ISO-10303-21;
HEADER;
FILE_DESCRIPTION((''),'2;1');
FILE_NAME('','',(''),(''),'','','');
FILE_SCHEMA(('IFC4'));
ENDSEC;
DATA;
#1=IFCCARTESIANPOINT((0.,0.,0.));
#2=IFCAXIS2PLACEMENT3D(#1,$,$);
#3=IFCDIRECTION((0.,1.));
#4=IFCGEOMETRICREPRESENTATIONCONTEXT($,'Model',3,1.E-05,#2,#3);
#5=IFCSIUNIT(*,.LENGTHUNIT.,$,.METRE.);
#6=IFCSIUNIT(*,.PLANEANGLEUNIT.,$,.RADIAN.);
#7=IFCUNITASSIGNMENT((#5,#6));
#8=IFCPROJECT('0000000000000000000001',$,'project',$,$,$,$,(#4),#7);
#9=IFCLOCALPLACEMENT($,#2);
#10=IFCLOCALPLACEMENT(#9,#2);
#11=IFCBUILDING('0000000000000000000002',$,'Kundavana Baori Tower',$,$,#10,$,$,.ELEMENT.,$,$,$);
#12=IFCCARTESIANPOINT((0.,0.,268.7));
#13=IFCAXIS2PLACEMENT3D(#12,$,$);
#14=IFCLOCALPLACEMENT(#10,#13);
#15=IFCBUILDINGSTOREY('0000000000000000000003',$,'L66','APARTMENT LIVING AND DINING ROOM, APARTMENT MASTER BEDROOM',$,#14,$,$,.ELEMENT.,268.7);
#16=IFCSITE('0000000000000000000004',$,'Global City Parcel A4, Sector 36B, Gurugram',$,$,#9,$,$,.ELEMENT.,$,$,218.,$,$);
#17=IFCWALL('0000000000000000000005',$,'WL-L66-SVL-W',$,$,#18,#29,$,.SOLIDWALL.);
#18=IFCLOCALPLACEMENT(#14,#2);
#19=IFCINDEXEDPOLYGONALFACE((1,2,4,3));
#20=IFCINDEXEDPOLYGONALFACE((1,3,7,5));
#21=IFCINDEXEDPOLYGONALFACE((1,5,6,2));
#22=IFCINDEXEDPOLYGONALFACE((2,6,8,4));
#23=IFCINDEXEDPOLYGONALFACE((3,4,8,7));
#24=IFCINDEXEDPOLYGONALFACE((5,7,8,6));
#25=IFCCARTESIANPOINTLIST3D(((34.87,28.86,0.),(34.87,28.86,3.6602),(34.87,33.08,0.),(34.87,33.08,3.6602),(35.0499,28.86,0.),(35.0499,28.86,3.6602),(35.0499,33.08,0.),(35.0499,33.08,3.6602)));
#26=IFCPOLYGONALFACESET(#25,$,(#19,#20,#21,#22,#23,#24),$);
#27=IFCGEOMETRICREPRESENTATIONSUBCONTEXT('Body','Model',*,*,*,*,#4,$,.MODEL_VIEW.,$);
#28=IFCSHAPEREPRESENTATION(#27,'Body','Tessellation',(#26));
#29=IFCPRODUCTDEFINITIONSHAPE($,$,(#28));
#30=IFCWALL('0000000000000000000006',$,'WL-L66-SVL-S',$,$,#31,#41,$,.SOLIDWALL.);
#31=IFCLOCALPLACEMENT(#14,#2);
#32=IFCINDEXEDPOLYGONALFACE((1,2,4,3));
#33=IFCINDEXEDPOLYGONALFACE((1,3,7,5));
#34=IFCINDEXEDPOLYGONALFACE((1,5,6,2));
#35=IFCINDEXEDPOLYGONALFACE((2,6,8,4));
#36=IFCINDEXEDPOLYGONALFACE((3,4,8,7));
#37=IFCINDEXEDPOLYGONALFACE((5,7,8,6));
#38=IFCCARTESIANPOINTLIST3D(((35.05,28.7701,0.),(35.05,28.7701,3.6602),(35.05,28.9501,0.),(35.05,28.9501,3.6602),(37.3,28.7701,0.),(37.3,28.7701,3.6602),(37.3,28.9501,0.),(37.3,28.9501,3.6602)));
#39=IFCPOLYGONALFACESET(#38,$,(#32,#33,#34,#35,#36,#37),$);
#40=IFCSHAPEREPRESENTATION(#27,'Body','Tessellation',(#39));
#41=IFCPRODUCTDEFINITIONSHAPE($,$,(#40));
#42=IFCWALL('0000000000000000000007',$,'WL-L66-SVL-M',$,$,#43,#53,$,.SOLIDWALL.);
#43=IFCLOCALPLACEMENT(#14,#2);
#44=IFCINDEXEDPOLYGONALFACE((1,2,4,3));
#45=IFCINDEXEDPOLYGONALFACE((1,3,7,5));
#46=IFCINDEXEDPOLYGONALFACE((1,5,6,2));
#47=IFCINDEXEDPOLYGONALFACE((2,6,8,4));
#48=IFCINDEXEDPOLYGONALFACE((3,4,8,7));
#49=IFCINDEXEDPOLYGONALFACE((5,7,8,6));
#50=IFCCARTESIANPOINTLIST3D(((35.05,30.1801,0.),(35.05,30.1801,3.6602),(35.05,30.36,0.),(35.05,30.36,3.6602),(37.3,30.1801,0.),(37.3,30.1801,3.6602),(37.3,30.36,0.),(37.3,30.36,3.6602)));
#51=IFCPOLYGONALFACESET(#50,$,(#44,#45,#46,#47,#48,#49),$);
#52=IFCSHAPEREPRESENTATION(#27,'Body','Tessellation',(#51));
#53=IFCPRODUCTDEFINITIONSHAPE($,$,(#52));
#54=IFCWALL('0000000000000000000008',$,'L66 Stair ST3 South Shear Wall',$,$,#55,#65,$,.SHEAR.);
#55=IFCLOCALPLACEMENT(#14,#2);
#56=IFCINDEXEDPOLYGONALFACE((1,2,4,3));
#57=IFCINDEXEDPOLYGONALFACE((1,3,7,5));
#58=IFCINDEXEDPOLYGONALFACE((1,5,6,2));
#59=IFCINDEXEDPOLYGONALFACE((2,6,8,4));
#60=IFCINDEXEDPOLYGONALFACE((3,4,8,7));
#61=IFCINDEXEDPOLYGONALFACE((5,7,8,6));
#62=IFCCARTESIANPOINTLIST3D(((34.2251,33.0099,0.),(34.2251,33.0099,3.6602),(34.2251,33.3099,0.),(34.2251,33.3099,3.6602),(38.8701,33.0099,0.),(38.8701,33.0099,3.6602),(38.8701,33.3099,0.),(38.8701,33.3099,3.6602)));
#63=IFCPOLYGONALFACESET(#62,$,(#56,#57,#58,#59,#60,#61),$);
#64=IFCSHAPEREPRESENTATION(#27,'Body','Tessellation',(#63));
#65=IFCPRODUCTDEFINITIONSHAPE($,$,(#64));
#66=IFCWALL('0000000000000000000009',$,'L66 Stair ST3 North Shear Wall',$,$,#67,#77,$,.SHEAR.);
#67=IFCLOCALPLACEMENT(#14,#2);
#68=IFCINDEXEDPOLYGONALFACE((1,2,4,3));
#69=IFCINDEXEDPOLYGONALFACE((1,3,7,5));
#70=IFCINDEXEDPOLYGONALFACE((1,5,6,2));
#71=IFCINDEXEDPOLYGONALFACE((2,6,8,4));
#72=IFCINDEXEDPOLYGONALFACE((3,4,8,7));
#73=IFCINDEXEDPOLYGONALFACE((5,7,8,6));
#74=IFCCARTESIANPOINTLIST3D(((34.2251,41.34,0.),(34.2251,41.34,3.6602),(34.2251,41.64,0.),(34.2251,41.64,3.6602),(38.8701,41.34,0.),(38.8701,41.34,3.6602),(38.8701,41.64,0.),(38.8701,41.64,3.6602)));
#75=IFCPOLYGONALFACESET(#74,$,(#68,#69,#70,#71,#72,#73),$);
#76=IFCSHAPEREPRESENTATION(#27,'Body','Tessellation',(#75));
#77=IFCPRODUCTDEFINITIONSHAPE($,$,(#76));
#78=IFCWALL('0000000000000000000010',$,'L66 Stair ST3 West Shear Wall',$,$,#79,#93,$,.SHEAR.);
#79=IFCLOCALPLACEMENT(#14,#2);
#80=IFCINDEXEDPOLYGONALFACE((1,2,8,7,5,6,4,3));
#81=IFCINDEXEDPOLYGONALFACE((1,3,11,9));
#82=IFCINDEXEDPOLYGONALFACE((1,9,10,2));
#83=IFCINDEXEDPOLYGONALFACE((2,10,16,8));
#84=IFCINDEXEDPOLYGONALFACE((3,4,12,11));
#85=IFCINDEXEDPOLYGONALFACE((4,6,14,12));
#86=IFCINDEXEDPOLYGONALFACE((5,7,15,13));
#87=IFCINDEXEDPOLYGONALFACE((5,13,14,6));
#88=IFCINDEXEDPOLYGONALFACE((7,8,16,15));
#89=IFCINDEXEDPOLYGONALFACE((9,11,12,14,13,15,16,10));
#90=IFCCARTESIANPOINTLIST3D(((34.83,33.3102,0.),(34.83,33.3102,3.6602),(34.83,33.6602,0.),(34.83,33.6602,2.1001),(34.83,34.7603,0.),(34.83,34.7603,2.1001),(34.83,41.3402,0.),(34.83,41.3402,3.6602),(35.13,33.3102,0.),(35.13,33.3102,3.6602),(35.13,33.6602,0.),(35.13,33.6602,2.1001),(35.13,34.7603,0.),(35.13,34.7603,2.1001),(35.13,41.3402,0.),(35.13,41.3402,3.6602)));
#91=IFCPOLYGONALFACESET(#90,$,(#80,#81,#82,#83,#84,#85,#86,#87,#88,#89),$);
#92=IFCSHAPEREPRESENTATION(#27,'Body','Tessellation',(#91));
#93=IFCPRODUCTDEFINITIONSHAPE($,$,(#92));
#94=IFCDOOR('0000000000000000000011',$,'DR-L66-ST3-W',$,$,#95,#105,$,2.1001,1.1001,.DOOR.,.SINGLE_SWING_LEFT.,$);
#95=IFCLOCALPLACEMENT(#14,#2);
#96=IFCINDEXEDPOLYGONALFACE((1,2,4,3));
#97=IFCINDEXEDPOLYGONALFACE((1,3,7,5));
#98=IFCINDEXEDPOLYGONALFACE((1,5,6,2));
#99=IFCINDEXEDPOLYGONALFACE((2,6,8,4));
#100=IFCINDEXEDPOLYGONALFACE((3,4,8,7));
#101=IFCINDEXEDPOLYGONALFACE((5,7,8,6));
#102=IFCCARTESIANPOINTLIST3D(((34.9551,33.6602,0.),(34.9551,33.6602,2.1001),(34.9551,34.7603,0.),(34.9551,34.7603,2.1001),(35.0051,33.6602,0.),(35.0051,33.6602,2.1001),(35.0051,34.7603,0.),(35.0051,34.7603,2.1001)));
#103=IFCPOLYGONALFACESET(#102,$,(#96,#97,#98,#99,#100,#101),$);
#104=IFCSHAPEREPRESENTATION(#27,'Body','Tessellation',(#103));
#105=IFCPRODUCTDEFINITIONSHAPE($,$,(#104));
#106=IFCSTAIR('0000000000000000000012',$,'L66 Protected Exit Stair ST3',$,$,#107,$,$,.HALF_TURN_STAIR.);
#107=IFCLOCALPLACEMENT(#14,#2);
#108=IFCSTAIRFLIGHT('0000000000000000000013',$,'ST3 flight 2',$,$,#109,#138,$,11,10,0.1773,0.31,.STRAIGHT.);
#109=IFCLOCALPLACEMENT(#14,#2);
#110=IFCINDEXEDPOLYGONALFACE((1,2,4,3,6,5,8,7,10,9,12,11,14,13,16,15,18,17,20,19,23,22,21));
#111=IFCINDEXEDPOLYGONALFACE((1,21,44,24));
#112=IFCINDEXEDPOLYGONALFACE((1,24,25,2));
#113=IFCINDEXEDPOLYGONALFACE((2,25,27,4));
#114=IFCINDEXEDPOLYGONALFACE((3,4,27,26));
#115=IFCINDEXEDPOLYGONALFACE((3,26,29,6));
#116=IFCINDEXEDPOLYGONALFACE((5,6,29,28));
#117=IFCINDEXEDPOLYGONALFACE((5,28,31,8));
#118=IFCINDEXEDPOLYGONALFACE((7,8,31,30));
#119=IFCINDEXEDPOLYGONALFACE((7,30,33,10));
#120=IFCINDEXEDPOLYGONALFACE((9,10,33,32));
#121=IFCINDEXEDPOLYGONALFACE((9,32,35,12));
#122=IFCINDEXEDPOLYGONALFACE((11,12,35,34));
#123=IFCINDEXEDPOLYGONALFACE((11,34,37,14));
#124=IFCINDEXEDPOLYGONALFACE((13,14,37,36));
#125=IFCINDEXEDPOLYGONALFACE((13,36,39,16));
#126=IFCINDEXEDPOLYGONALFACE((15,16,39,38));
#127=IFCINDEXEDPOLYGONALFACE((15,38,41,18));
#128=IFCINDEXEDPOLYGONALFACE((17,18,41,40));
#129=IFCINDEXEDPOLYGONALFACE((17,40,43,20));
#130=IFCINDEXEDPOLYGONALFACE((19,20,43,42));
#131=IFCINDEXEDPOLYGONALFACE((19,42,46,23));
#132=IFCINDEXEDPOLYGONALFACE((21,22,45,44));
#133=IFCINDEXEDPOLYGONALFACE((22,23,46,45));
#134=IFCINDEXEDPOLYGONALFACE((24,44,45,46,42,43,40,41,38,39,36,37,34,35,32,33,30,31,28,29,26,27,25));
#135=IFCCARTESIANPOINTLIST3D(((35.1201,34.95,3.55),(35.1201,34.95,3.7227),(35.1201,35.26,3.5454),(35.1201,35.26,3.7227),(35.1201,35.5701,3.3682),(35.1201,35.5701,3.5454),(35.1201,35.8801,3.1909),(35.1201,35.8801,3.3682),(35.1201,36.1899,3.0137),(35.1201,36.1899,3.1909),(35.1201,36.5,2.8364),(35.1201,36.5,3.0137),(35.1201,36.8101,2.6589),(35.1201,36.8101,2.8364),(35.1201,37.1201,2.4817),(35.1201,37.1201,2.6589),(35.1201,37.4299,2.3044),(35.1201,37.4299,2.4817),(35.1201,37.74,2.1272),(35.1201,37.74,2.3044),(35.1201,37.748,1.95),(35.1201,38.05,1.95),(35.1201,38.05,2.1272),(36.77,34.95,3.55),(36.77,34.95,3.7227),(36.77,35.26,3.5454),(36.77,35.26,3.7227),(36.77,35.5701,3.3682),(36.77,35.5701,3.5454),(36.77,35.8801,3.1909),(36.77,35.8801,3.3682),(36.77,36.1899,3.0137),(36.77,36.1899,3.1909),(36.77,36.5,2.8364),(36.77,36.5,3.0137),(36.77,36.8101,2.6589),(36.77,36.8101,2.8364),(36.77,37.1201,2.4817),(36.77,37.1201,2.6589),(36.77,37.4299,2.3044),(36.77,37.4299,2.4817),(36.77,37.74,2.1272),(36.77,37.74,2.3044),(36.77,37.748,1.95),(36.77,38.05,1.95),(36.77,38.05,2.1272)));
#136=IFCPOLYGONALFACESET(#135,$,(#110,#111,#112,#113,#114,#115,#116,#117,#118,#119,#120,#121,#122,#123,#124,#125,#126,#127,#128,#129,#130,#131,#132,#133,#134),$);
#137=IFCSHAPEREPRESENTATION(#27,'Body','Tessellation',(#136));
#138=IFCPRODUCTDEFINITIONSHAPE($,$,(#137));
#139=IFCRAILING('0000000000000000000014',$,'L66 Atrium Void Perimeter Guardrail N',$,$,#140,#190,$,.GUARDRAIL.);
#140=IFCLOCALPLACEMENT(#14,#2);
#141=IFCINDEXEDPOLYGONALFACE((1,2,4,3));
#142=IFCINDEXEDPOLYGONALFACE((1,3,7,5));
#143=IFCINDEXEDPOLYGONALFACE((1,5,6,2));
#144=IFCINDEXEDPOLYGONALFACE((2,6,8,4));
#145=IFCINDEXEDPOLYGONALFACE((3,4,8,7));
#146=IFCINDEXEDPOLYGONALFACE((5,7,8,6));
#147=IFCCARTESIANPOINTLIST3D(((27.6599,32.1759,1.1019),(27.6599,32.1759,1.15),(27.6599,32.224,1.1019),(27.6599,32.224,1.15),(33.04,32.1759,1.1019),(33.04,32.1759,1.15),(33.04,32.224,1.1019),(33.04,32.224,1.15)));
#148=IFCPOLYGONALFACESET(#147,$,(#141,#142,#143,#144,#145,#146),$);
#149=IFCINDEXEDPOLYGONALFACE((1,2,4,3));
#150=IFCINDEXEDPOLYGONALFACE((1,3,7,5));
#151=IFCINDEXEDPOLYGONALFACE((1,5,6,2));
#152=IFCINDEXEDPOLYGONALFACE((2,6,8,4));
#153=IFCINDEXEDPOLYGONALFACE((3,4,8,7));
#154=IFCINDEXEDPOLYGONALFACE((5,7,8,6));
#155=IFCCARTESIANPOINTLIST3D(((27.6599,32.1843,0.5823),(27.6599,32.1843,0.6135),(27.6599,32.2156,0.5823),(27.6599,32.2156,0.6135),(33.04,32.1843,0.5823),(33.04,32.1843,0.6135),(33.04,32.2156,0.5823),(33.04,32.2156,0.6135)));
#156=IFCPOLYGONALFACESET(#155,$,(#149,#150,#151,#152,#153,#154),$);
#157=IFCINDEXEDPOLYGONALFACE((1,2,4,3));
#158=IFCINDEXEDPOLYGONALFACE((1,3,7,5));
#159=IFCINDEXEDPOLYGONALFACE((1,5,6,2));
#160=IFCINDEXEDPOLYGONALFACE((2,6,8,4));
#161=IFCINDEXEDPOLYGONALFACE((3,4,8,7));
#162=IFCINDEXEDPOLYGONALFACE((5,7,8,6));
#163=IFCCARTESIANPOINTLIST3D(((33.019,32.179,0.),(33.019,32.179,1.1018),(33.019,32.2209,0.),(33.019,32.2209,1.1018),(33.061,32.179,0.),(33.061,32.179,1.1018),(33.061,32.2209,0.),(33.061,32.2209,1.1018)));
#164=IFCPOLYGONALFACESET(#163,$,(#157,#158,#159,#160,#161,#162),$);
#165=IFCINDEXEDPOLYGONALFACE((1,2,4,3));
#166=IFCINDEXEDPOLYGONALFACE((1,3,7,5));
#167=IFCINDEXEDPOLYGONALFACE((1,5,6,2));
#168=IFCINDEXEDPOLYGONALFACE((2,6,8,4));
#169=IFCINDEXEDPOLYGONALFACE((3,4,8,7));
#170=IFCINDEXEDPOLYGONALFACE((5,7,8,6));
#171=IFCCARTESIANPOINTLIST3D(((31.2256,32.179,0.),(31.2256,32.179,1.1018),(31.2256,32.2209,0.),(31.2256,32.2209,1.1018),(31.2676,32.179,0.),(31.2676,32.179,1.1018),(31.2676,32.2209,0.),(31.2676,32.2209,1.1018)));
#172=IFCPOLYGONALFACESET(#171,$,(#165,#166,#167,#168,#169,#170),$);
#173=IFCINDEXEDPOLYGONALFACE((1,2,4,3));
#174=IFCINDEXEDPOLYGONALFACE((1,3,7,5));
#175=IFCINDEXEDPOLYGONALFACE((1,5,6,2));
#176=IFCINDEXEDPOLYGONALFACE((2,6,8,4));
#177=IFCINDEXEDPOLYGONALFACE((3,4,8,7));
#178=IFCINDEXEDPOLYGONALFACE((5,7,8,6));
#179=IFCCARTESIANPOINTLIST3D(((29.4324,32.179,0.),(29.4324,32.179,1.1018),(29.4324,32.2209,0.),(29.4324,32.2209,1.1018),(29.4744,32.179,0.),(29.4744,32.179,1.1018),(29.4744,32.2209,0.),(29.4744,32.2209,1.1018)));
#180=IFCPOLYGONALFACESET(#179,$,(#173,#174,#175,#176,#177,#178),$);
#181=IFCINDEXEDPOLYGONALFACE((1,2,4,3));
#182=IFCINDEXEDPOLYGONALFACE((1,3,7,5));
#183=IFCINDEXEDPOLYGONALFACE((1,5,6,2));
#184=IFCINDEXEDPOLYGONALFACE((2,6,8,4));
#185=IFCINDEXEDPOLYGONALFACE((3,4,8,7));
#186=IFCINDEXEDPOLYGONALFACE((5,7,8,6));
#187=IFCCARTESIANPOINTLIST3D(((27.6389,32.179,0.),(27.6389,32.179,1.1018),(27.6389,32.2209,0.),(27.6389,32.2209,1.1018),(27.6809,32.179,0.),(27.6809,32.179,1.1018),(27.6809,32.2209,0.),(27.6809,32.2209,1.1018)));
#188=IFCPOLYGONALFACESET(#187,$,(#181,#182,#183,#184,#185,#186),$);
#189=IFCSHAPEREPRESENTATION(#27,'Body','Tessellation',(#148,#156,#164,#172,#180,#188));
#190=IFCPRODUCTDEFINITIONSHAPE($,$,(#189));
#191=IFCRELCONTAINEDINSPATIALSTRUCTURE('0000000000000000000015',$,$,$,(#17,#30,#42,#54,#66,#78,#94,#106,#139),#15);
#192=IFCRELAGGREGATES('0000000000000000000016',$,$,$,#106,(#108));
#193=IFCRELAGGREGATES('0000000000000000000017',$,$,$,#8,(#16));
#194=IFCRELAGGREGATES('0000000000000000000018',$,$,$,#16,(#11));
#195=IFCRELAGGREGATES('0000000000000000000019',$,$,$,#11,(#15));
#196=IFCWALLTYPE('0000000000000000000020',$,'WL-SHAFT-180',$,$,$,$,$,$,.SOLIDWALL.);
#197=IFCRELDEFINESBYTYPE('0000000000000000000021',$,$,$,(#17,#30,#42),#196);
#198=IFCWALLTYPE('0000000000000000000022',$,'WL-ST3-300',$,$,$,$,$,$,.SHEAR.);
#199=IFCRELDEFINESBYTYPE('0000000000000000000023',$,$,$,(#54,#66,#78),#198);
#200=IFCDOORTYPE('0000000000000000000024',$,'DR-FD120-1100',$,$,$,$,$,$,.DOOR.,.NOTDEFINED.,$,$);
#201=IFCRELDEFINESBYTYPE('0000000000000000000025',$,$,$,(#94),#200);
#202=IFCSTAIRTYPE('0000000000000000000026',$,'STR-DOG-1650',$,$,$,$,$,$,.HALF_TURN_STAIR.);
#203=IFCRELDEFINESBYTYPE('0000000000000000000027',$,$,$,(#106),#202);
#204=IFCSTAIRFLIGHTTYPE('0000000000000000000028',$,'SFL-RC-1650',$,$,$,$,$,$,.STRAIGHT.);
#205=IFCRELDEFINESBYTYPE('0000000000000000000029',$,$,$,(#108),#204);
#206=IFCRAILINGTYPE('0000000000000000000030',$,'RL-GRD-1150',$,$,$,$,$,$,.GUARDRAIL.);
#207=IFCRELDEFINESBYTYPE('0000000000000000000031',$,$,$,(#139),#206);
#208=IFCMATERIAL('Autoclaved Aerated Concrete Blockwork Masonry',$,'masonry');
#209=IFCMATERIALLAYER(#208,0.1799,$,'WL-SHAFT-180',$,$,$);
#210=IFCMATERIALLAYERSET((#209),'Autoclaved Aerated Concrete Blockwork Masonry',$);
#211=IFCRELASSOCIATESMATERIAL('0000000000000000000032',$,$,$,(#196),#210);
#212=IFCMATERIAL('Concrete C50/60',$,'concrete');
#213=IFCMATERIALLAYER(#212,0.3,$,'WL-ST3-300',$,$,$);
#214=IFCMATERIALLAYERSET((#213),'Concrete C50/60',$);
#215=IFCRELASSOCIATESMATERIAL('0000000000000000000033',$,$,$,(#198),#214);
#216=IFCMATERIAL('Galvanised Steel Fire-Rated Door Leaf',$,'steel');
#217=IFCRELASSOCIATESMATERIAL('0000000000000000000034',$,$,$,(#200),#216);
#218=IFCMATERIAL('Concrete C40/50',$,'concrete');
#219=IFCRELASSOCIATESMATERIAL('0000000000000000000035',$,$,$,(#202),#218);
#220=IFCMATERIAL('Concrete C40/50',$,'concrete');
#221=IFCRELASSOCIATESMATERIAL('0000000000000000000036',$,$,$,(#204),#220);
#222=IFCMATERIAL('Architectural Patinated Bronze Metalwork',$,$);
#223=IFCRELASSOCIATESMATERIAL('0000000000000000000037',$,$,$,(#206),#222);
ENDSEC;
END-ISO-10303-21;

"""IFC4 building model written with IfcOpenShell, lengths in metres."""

from ifc_helpers import new_model, si_unit, direction, frame, frame_2d, origin, origin_2d, place, context, subcontext, project, spatial, polyline, rectangle, outline, extrude, material, layer, layer_set, type_object, element, fill, aggregate, save


model = new_model("IFC4")

# Units and contexts
model_context = context("Model", 3, precision=1e-05, world=origin(), true_north=direction((0.0, 1.0)))
body_context = subcontext(model_context, "Body", "Model", "MODEL_VIEW")
ifc_project = project(units=[si_unit("LENGTHUNIT", "METRE"), si_unit("PLANEANGLEUNIT", "RADIAN")], contexts=[model_context])

# Site, building, storey
site_placement = place(None, origin())
site = spatial("IfcSite", under=ifc_project, at=site_placement, Name="Global City Parcel A4, Sector 36B, Gurugram", CompositionType="ELEMENT", RefElevation=218.0)
building_placement = place(site_placement, origin())
building = spatial("IfcBuilding", under=site, at=building_placement, Name="Kundavana Baori Tower", CompositionType="ELEMENT")
storey_placement = place(building_placement, frame((0.0, 0.0, 268.7)))
storey = spatial("IfcBuildingStorey", under=building, at=storey_placement, Name="L66", Description="APARTMENT LIVING AND DINING ROOM, APARTMENT MASTER BEDROOM", CompositionType="ELEMENT", Elevation=268.7)

# Walls
ifc_material_1 = material(Name="Autoclaved Aerated Concrete Blockwork Masonry", Category="masonry")
ifc_layer_1 = layer(ifc_material_1, 0.1799, Name="WL-SHAFT-180")
ifc_layer_set_1 = layer_set([ifc_layer_1], Name="Autoclaved Aerated Concrete Blockwork Masonry")
wall_type_1 = type_object("IfcWallType", Name="WL-SHAFT-180", PredefinedType="SOLIDWALL", material=ifc_layer_set_1)
wall_1_placement = place(storey_placement, frame((34.96, 28.8601, 0.0), z_axis=(0.0, 0.0, 1.0), x_axis=(0.0, 1.0, 0.0)))
element("IfcWall", 1, at=wall_1_placement, inside=storey, type_object=wall_type_1, Name="WL-L66-SVL-W", PredefinedType="SOLIDWALL", context=body_context, shape_type="SweptSolid", body=[
    extrude(rectangle(XDim=4.22, YDim=0.1799, at=frame_2d((2.1099, 0.0))), origin(), (0.0, 0.0, 1.0), 3.6602),
])
for number, where, z_axis, x_axis, name in (
    (2, (35.05, 28.8601, 0.0), (0.0, 0.0, 1.0), (1.0, 0.0, 0.0), "WL-L66-SVL-S"),
    (3, (35.05, 30.27, 0.0), (0.0, 0.0, 1.0), (1.0, 0.0, 0.0), "WL-L66-SVL-M"),
):
    element("IfcWall", number, at=place(storey_placement, frame(where, z_axis=z_axis, x_axis=x_axis)), inside=storey, type_object=wall_type_1, Name=name, PredefinedType="SOLIDWALL", context=body_context, shape_type="SweptSolid", body=[
        extrude(rectangle(XDim=2.25, YDim=0.1799, at=frame_2d((1.125, 0.0))), origin(), (0.0, 0.0, 1.0), 3.6602),
    ])
ifc_material_2 = material(Name="Concrete C50/60", Category="concrete")
ifc_layer_2 = layer(ifc_material_2, 0.3, Name="WL-ST3-300")
ifc_layer_set_2 = layer_set([ifc_layer_2], Name="Concrete C50/60")
wall_type_2 = type_object("IfcWallType", Name="WL-ST3-300", PredefinedType="SHEAR", material=ifc_layer_set_2)
for number, where, z_axis, x_axis, name in (
    (4, (34.2251, 33.1599, 0.0), (0.0, 0.0, 1.0), (1.0, 0.0, 0.0), "L66 Stair ST3 South Shear Wall"),
    (5, (34.2251, 41.49, 0.0), (0.0, 0.0, 1.0), (1.0, 0.0, 0.0), "L66 Stair ST3 North Shear Wall"),
):
    element("IfcWall", number, at=place(storey_placement, frame(where, z_axis=z_axis, x_axis=x_axis)), inside=storey, type_object=wall_type_2, Name=name, PredefinedType="SHEAR", context=body_context, shape_type="SweptSolid", body=[
        extrude(rectangle(XDim=4.645, YDim=0.3, at=frame_2d((2.3225, 0.0))), origin(), (0.0, 0.0, 1.0), 3.6602),
    ])

# Wall, opening, door
wall_2_placement = place(storey_placement, frame((34.98, 33.3101, 0.0), z_axis=(0.0, 0.0, 1.0), x_axis=(0.0, 1.0, 0.0)))
wall_2 = element("IfcWall", 6, at=wall_2_placement, inside=storey, type_object=wall_type_2, Name="L66 Stair ST3 West Shear Wall", PredefinedType="SHEAR", context=body_context, shape_type="SweptSolid", body=[
    extrude(rectangle(XDim=8.03, YDim=0.3, at=frame_2d((4.0151, 0.0))), origin(), (0.0, 0.0, 1.0), 3.6602),
])
opening_1_placement = place(wall_2_placement, frame((0.3501, 0.0, 0.0)))
opening_1 = element("IfcOpeningElement", 7, at=opening_1_placement, cuts=wall_2, PredefinedType="OPENING", context=body_context, shape_type="SweptSolid", body=[
    extrude(rectangle(XDim=1.1001, YDim=2.1001, at=frame_2d((0.55, 1.05))), frame((0.0, 0.1602, 0.0), z_axis=(0.0, -1.0, 0.0), x_axis=(1.0, 0.0, 0.0)), (0.0, 0.0, 1.0), 0.3201),
])
ifc_material_3 = material(Name="Galvanised Steel Fire-Rated Door Leaf", Category="steel")
door_type_1 = type_object("IfcDoorType", Name="DR-FD120-1100", OperationType="NOTDEFINED", PredefinedType="DOOR", material=ifc_material_3)
door_1_placement = place(opening_1_placement, origin())
door_1 = element("IfcDoor", 8, at=door_1_placement, inside=storey, type_object=door_type_1, Name="DR-L66-ST3-W", OperationType="SINGLE_SWING_LEFT", OverallHeight=2.1001, OverallWidth=1.1001, PredefinedType="DOOR", context=body_context, shape_type="SweptSolid", body=[
    extrude(rectangle(XDim=1.1001, YDim=2.1001, at=frame_2d((0.55, 1.05))), frame((0.0, 0.0249, 0.0), z_axis=(0.0, -1.0, 0.0), x_axis=(1.0, 0.0, 0.0)), (0.0, 0.0, 1.0), 0.05),
])
fill(opening_1, door_1)

# Stair, stair flight
ifc_material_4 = material(Name="Concrete C40/50", Category="concrete")
stair_type = type_object("IfcStairType", Name="STR-DOG-1650", PredefinedType="HALF_TURN_STAIR", material=ifc_material_4)
stair_placement = place(storey_placement, origin())
stair = element("IfcStair", 9, at=stair_placement, inside=storey, type_object=stair_type, Name="L66 Protected Exit Stair ST3", PredefinedType="HALF_TURN_STAIR")
ifc_material_5 = material(Name="Concrete C40/50", Category="concrete")
stair_flight_type = type_object("IfcStairFlightType", Name="SFL-RC-1650", PredefinedType="STRAIGHT", material=ifc_material_5)
stair_flight_placement = place(storey_placement, frame((35.9451, 38.05, 1.95), z_axis=(0.0, 0.0, 1.0), x_axis=(0.0, -1.0, 0.0)))
stair_flight = element("IfcStairFlight", 10, at=stair_flight_placement, type_object=stair_flight_type, Name="ST3 flight 2", NumberOfRisers=11, NumberOfTreads=10, PredefinedType="STRAIGHT", RiserHeight=0.1773, TreadLength=0.31, context=body_context, shape_type="SweptSolid", body=[
    extrude(outline(polyline([(0.0, 0.0), (0.0, 0.1772), (0.3101, 0.1772), (0.3101, 0.3545), (0.6201, 0.3545), (0.6201, 0.5317), (0.9299, 0.5317), (0.9299, 0.709), (1.24, 0.709), (1.24, 0.8865), (1.55, 0.8865), (1.55, 1.0637), (1.8601, 1.0637), (1.8601, 1.241), (2.1699, 1.241), (2.1699, 1.4182), (2.48, 1.4182), (2.48, 1.5955), (2.79, 1.5955), (2.79, 1.7727), (3.1001, 1.7727), (3.1001, 1.95), (3.1001, 1.6001), (0.302, 0.0), (0.0, 0.0)])), frame((0.0, 0.825, 0.0), z_axis=(0.0, -1.0, 0.0), x_axis=(1.0, 0.0, 0.0)), (0.0, 0.0, 1.0), 1.6499),
])
aggregate(stair, [stair_flight])

# Railing
ifc_material_6 = material(Name="Architectural Patinated Bronze Metalwork")
railing_type_1 = type_object("IfcRailingType", Name="RL-GRD-1150", PredefinedType="GUARDRAIL", material=ifc_material_6)
railing_1_placement = place(storey_placement, frame((33.04, 32.2, 0.0)))
element("IfcRailing", 11, at=railing_1_placement, inside=storey, type_object=railing_type_1, Name="L66 Atrium Void Perimeter Guardrail N", PredefinedType="GUARDRAIL", context=body_context, shape_type="SweptSolid", body=[
    extrude(rectangle(XDim=0.0481, YDim=0.0481, at=origin_2d()), frame((0.0, 0.0, 1.126), z_axis=(-1.0, 0.0, 0.0), x_axis=(0.0, -1.0, 0.0)), (0.0, 0.0, 1.0), 5.3801),
    extrude(rectangle(XDim=0.0312, YDim=0.0312, at=origin_2d()), frame((0.0, 0.0, 0.5979), z_axis=(-1.0, 0.0, 0.0), x_axis=(0.0, -1.0, 0.0)), (0.0, 0.0, 1.0), 5.3801),
    extrude(rectangle(XDim=0.042, YDim=0.042, at=origin_2d()), origin(), (0.0, 0.0, 1.0), 1.1018),
    extrude(rectangle(XDim=0.042, YDim=0.042, at=origin_2d()), frame((-1.7935, 0.0, 0.0)), (0.0, 0.0, 1.0), 1.1018),
    extrude(rectangle(XDim=0.042, YDim=0.042, at=origin_2d()), frame((-3.5867, 0.0, 0.0)), (0.0, 0.0, 1.0), 1.1018),
    extrude(rectangle(XDim=0.042, YDim=0.042, at=origin_2d()), frame((-5.3801, 0.0, 0.0)), (0.0, 0.0, 1.0), 1.1018),
])

save(model, "model.ifc")
